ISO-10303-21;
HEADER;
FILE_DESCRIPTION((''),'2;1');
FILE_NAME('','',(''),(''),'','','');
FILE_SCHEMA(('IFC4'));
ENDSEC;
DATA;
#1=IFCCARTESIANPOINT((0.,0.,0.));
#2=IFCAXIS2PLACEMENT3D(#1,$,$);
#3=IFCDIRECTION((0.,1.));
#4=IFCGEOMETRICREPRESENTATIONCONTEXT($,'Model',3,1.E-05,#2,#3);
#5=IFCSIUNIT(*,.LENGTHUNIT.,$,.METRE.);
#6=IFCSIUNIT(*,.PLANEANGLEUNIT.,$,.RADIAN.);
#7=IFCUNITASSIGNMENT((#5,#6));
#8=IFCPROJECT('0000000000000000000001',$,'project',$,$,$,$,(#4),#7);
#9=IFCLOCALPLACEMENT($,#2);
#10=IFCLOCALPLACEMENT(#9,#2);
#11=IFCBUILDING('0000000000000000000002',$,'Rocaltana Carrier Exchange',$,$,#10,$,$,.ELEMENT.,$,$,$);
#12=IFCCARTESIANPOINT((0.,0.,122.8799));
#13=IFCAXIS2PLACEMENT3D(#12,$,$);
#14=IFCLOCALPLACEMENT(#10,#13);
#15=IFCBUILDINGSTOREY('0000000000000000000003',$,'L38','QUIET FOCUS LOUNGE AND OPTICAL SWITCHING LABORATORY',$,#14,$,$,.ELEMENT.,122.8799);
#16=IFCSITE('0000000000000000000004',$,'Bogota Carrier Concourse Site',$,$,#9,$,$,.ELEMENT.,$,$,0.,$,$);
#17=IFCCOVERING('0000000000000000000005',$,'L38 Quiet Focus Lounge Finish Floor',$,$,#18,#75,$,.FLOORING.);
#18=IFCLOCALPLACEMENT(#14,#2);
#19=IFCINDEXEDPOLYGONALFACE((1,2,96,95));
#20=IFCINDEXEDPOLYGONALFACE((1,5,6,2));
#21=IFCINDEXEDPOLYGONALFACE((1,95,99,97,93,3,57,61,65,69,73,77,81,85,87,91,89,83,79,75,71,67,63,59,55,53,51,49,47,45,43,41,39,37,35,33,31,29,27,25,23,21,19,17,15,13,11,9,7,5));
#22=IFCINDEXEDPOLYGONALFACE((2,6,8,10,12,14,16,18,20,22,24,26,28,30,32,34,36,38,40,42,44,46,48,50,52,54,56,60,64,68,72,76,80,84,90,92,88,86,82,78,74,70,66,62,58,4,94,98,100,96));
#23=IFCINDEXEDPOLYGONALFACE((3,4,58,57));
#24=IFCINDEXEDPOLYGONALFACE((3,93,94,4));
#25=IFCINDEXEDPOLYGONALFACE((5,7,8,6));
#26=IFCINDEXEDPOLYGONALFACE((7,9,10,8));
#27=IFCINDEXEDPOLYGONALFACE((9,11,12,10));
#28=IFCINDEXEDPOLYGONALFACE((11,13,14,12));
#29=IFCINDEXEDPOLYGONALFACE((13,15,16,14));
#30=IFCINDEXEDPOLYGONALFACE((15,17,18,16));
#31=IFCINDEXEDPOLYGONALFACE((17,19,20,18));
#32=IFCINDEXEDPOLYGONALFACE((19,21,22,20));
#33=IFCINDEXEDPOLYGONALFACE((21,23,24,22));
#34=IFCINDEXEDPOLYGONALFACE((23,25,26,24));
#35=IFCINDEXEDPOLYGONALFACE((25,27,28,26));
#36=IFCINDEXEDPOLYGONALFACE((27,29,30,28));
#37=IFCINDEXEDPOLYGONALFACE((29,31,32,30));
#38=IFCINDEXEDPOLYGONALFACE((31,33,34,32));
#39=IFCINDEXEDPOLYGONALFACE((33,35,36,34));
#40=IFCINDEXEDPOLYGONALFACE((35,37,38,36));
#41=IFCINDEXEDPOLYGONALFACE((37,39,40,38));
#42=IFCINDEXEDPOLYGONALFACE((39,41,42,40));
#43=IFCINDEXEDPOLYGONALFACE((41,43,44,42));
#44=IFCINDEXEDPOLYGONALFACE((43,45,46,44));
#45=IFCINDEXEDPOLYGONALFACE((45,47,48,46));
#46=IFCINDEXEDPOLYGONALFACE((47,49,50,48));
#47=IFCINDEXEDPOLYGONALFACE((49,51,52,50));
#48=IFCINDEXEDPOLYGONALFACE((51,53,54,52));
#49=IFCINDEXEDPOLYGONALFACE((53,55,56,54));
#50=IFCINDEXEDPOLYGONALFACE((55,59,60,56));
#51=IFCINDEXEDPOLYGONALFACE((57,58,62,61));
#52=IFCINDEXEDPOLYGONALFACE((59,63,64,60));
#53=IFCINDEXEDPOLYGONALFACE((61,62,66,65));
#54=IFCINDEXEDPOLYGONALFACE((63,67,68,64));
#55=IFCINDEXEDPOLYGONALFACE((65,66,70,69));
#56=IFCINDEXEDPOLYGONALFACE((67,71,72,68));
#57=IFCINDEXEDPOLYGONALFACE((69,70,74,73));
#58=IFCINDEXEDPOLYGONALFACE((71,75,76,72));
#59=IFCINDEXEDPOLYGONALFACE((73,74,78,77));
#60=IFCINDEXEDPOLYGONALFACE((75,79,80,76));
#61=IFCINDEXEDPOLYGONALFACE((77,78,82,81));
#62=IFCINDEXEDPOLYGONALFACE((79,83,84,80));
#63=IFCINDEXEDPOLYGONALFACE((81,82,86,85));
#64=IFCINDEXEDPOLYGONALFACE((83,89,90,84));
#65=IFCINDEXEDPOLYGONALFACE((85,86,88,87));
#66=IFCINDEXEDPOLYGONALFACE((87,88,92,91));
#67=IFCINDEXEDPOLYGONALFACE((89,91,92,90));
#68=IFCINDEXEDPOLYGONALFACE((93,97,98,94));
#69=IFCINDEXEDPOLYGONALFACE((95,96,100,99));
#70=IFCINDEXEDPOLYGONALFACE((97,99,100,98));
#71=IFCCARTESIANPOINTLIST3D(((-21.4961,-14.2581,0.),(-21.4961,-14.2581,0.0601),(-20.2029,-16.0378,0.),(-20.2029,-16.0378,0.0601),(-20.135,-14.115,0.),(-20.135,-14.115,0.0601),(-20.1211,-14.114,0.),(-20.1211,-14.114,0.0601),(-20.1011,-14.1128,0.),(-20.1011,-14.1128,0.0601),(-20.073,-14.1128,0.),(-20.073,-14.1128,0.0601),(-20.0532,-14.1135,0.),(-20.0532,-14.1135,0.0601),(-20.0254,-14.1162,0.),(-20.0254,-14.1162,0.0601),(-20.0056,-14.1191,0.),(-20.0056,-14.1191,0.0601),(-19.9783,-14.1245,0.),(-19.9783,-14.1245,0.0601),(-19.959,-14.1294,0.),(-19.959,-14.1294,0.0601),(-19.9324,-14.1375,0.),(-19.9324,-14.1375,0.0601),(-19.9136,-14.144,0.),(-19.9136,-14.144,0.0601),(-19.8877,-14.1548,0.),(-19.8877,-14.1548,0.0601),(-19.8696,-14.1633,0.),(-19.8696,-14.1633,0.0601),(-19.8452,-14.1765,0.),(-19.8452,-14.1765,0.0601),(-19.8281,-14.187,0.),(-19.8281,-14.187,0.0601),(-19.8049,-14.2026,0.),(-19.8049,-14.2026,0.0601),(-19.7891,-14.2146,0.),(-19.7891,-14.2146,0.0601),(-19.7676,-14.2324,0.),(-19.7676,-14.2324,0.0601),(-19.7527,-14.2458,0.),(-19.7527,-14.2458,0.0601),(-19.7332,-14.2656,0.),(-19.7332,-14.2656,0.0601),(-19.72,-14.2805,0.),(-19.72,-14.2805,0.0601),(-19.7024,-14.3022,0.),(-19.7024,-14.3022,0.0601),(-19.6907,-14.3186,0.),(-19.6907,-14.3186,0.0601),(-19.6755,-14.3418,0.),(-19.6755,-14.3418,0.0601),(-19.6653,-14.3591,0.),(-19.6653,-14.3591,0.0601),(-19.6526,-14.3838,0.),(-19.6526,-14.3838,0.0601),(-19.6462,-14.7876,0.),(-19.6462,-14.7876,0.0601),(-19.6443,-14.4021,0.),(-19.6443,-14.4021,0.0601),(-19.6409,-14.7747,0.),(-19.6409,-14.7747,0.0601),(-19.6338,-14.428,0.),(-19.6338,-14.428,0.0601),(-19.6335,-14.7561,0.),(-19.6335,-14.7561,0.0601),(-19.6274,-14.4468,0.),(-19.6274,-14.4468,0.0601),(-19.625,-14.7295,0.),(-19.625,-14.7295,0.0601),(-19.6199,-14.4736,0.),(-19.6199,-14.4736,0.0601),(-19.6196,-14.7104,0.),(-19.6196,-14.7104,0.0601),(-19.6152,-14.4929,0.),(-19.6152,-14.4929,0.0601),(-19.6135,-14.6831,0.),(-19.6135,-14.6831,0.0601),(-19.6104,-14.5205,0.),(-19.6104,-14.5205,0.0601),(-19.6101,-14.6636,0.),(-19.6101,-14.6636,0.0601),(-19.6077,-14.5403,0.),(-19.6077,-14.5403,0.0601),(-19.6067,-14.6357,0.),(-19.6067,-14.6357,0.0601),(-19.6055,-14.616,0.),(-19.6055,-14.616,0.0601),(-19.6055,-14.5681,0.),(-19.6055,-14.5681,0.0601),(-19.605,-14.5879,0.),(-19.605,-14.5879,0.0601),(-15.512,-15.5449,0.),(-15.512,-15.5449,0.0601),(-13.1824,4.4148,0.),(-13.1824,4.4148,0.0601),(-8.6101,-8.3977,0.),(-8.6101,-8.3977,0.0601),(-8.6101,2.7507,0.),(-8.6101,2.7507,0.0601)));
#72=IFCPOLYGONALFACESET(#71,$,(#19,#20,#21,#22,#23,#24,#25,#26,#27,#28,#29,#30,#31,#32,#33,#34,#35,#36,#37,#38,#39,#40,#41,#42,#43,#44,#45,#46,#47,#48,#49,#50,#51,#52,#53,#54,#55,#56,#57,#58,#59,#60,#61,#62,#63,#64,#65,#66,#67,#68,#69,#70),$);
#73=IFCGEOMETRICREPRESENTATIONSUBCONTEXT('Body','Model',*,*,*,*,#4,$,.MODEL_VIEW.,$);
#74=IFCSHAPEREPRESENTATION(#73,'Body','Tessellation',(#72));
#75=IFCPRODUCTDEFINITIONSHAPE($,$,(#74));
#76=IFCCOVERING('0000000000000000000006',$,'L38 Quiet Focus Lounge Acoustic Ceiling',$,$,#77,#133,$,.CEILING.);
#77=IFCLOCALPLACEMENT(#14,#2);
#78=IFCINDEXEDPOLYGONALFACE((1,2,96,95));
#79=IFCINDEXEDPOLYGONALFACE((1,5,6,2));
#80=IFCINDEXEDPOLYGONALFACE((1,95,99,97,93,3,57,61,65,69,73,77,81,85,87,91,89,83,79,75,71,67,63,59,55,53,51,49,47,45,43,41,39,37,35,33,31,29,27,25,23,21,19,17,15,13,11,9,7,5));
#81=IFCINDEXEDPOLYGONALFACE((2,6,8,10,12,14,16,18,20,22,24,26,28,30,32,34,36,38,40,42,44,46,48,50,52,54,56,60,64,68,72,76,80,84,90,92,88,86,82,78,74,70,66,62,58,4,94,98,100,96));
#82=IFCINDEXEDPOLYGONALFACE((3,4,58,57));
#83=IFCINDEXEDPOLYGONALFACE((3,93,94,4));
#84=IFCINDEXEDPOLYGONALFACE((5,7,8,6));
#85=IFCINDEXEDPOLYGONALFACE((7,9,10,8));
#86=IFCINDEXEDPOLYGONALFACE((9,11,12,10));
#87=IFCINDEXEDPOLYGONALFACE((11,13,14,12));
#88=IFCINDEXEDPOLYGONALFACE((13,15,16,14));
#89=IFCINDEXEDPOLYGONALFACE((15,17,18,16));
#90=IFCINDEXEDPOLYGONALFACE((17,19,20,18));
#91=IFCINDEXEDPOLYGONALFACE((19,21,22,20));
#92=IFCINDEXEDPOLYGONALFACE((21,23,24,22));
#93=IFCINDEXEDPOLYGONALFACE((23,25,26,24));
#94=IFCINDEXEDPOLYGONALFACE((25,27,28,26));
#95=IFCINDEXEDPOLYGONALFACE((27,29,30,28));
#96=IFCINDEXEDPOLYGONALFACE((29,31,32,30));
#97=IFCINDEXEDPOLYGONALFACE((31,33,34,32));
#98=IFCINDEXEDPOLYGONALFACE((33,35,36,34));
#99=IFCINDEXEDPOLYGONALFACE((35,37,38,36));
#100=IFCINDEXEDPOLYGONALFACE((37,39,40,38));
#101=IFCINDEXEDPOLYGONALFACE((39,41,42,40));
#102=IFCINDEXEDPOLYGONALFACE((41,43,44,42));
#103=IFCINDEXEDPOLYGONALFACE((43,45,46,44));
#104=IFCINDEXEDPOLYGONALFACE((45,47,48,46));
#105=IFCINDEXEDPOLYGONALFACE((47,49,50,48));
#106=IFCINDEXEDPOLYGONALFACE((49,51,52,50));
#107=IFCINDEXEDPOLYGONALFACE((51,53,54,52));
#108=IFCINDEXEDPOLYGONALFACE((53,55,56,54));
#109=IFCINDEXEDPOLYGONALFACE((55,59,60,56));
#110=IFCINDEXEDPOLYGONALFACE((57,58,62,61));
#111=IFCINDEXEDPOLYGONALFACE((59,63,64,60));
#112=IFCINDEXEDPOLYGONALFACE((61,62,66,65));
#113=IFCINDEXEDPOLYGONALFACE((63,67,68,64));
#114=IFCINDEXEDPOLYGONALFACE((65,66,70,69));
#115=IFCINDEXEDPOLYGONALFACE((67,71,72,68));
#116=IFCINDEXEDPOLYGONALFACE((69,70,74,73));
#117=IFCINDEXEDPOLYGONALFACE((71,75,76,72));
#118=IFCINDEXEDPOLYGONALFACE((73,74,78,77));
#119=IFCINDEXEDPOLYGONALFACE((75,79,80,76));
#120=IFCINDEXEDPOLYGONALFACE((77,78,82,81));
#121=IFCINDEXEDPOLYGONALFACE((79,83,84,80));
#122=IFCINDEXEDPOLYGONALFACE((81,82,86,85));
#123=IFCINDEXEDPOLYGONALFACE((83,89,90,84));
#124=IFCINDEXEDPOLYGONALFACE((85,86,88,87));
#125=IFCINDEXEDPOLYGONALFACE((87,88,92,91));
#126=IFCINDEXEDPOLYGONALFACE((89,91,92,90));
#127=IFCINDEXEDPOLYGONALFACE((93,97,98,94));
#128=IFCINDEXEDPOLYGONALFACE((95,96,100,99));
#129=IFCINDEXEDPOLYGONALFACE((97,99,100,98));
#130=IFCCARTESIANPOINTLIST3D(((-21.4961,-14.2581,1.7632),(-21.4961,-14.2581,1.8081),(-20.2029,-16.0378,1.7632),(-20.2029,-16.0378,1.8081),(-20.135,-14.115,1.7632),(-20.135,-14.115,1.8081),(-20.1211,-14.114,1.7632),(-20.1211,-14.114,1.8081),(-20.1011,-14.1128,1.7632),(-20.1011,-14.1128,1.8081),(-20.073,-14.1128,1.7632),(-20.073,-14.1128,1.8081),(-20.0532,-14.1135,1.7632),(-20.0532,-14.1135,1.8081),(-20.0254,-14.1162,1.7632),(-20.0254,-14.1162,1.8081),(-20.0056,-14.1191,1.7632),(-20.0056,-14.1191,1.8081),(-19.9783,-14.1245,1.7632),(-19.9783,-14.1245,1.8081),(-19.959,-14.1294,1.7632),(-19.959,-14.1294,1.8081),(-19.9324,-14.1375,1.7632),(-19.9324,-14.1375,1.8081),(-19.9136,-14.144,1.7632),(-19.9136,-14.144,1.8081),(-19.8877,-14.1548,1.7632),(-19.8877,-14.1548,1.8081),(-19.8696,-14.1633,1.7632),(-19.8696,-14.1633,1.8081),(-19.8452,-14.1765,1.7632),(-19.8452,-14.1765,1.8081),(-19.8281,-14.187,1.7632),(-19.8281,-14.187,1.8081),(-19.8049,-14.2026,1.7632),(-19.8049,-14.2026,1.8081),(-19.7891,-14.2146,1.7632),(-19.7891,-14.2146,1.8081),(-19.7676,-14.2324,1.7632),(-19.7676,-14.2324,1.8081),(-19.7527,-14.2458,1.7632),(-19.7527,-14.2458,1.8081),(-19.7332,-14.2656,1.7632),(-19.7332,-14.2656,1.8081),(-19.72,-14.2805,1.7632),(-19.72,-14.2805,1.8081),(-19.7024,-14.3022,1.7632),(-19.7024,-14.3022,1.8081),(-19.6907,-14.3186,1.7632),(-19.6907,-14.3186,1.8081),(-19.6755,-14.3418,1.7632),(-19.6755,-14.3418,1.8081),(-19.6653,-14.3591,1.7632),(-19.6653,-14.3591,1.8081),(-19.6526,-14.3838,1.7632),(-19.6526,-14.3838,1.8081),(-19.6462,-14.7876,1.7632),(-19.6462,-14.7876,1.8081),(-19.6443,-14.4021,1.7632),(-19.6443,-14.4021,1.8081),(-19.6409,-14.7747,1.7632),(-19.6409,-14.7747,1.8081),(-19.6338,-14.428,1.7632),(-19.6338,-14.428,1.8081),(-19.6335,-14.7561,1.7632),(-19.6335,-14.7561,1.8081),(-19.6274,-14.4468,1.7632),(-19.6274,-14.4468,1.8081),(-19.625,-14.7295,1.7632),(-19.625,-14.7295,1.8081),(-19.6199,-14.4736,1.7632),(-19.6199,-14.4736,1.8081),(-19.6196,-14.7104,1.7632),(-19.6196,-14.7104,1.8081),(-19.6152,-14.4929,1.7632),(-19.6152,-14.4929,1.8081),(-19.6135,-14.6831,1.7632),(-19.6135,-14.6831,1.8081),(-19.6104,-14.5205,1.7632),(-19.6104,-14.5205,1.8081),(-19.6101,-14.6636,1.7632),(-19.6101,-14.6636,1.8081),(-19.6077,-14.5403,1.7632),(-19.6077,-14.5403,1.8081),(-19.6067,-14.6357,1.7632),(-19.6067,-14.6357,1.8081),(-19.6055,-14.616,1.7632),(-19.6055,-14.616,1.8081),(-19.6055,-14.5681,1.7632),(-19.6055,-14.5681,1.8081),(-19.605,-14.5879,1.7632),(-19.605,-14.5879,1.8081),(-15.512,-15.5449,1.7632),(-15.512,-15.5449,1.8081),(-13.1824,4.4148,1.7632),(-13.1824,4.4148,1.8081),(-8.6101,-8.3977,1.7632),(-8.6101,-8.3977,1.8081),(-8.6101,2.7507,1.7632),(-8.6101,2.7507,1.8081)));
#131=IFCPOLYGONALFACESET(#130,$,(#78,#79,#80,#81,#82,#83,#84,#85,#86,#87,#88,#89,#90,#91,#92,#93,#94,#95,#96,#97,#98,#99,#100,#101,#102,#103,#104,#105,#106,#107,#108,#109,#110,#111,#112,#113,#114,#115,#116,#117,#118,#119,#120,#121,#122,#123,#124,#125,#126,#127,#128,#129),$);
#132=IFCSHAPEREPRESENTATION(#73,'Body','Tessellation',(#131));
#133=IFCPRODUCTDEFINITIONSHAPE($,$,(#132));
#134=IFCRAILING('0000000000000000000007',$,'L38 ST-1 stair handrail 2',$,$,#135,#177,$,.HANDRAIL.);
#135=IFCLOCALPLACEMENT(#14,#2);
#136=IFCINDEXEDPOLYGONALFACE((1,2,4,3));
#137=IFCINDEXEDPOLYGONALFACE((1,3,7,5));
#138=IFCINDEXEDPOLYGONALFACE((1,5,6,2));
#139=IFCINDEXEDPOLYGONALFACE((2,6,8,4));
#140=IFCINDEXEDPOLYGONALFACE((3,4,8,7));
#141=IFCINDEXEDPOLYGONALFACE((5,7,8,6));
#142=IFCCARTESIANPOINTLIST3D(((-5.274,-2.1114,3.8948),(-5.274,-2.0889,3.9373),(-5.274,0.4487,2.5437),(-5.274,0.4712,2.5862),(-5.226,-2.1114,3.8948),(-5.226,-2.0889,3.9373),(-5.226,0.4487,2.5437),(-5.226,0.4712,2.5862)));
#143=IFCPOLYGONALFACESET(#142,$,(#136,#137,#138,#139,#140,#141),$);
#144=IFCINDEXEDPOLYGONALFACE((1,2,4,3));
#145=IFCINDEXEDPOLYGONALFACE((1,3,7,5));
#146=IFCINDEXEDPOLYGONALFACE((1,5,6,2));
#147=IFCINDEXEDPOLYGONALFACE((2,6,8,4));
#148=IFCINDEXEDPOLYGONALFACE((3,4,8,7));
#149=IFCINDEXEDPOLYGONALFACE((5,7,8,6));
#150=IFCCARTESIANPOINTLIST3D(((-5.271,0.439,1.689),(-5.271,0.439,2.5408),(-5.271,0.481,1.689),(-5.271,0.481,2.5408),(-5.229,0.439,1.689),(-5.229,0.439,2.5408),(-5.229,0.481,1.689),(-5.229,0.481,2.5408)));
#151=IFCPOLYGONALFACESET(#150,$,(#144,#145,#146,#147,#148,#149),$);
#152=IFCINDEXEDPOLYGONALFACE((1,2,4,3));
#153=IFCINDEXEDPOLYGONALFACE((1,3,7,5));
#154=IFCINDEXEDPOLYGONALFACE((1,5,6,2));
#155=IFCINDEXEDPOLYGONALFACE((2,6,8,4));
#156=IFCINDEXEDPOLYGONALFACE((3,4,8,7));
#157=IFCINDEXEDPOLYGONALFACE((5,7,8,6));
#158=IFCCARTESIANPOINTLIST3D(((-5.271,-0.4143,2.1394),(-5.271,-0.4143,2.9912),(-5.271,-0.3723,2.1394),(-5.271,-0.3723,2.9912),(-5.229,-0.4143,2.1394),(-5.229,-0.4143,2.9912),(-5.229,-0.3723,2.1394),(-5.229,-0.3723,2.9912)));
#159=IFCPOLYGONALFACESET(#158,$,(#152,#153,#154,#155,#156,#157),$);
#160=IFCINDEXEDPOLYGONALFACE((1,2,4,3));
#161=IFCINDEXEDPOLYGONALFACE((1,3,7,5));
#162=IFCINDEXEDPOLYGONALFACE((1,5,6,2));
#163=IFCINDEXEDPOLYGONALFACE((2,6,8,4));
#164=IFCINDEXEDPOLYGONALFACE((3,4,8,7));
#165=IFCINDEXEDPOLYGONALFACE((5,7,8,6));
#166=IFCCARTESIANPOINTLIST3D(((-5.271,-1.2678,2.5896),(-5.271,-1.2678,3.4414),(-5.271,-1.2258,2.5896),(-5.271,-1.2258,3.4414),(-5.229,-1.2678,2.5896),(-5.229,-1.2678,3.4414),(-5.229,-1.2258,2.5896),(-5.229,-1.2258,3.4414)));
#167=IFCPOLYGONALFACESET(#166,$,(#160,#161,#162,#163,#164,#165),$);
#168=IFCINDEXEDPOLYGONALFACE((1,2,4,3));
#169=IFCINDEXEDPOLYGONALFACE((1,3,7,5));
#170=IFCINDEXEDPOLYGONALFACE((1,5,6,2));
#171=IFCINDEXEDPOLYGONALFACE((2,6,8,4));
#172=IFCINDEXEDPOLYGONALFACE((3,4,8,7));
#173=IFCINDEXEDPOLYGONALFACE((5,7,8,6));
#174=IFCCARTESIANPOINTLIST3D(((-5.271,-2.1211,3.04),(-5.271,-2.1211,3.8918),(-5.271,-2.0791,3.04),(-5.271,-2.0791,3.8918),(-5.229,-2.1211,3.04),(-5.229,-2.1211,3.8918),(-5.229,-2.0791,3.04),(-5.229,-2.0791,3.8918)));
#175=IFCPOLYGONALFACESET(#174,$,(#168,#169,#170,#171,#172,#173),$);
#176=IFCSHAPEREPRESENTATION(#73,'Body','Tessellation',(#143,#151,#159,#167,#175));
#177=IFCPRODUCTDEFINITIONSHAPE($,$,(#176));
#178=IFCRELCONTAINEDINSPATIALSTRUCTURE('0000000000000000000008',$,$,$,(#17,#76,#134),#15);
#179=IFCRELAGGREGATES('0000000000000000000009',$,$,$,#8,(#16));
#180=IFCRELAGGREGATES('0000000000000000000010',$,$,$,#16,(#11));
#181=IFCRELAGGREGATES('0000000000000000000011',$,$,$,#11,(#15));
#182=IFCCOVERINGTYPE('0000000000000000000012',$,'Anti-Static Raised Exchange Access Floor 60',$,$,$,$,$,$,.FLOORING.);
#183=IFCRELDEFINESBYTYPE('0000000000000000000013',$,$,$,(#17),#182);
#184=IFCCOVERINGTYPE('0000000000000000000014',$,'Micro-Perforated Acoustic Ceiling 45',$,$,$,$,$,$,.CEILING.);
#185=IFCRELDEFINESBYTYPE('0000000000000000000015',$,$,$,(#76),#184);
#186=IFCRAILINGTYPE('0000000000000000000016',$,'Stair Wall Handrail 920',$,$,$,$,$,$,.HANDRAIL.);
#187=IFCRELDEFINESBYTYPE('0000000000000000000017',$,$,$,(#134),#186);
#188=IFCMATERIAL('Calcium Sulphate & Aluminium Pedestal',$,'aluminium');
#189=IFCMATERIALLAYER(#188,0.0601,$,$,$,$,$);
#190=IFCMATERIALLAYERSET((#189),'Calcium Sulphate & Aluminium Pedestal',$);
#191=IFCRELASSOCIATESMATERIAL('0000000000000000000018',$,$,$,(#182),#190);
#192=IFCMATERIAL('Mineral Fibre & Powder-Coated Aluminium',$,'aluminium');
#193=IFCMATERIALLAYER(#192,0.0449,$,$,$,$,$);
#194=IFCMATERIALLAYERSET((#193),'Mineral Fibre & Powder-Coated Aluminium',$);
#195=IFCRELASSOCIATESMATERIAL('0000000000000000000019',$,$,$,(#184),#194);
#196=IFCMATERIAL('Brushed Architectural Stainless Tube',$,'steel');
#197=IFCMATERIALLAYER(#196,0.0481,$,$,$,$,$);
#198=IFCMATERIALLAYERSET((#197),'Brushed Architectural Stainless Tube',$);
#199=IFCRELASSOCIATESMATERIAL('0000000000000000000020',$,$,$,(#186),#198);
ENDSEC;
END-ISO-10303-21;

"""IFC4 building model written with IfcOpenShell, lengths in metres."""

from ifc_helpers import new_model, si_unit, direction, frame, origin, origin_2d, place, context, subcontext, project, spatial, polyline, rectangle, outline, extrude, material, layer, layer_set, type_object, element, save


model = new_model("IFC4")

# Units and contexts
model_context = context("Model", 3, precision=1e-05, world=origin(), true_north=direction((0.0, 1.0)))
body_context = subcontext(model_context, "Body", "Model", "MODEL_VIEW")
ifc_project = project(units=[si_unit("LENGTHUNIT", "METRE"), si_unit("PLANEANGLEUNIT", "RADIAN")], contexts=[model_context])

# Site, building, storey
site_placement = place(None, origin())
site = spatial("IfcSite", under=ifc_project, at=site_placement, Name="Bogota Carrier Concourse Site", CompositionType="ELEMENT", RefElevation=0.0)
building_placement = place(site_placement, origin())
building = spatial("IfcBuilding", under=site, at=building_placement, Name="Rocaltana Carrier Exchange", CompositionType="ELEMENT")
storey_placement = place(building_placement, frame((0.0, 0.0, 122.8799)))
storey = spatial("IfcBuildingStorey", under=building, at=storey_placement, Name="L38", Description="QUIET FOCUS LOUNGE AND OPTICAL SWITCHING LABORATORY", CompositionType="ELEMENT", Elevation=122.8799)

# Coverings
ifc_material_1 = material(Name="Calcium Sulphate & Aluminium Pedestal", Category="aluminium")
ifc_layer_1 = layer(ifc_material_1, 0.0601)
ifc_layer_set_1 = layer_set([ifc_layer_1], Name="Calcium Sulphate & Aluminium Pedestal")
covering_type_1 = type_object("IfcCoveringType", Name="Anti-Static Raised Exchange Access Floor 60", PredefinedType="FLOORING", material=ifc_layer_set_1)
covering_1_placement = place(storey_placement, origin())
element("IfcCovering", 1, at=covering_1_placement, inside=storey, type_object=covering_type_1, Name="L38 Quiet Focus Lounge Finish Floor", PredefinedType="FLOORING", context=body_context, shape_type="SweptSolid", body=[
    extrude(outline(polyline([(-19.6462, -14.7876), (-19.6409, -14.7747), (-19.6335, -14.7561), (-19.625, -14.7295), (-19.6196, -14.7104), (-19.6135, -14.6831), (-19.6101, -14.6636), (-19.6067, -14.6357), (-19.6055, -14.616), (-19.605, -14.5879), (-19.6055, -14.5681), (-19.6077, -14.5403), (-19.6104, -14.5205), (-19.6152, -14.4929), (-19.6199, -14.4736), (-19.6274, -14.4468), (-19.6338, -14.428), (-19.6443, -14.4021), (-19.6526, -14.3838), (-19.6653, -14.3591), (-19.6755, -14.3418), (-19.6907, -14.3186), (-19.7024, -14.3022), (-19.72, -14.2805), (-19.7332, -14.2656), (-19.7527, -14.2458), (-19.7676, -14.2324), (-19.7891, -14.2146), (-19.8049, -14.2026), (-19.8281, -14.187), (-19.8452, -14.1765), (-19.8696, -14.1633), (-19.8877, -14.1548), (-19.9136, -14.144), (-19.9324, -14.1375), (-19.959, -14.1294), (-19.9783, -14.1245), (-20.0056, -14.1191), (-20.0254, -14.1162), (-20.0532, -14.1135), (-20.073, -14.1128), (-20.1011, -14.1128), (-20.1211, -14.114), (-20.135, -14.115), (-21.4961, -14.2581), (-13.1824, 4.4148), (-8.6101, 2.7507), (-8.6101, -8.3977), (-15.512, -15.5449), (-20.2029, -16.0378), (-19.6462, -14.7876)])), origin(), (0.0, 0.0, 1.0), 0.0601),
])
ifc_material_2 = material(Name="Mineral Fibre & Powder-Coated Aluminium", Category="aluminium")
ifc_layer_2 = layer(ifc_material_2, 0.0449)
ifc_layer_set_2 = layer_set([ifc_layer_2], Name="Mineral Fibre & Powder-Coated Aluminium")
covering_type_2 = type_object("IfcCoveringType", Name="Micro-Perforated Acoustic Ceiling 45", PredefinedType="CEILING", material=ifc_layer_set_2)
covering_2_placement = place(storey_placement, frame((0.0, 0.0, 1.7632)))
element("IfcCovering", 2, at=covering_2_placement, inside=storey, type_object=covering_type_2, Name="L38 Quiet Focus Lounge Acoustic Ceiling", PredefinedType="CEILING", context=body_context, shape_type="SweptSolid", body=[
    extrude(outline(polyline([(-19.6462, -14.7876), (-19.6409, -14.7747), (-19.6335, -14.7561), (-19.625, -14.7295), (-19.6196, -14.7104), (-19.6135, -14.6831), (-19.6101, -14.6636), (-19.6067, -14.6357), (-19.6055, -14.616), (-19.605, -14.5879), (-19.6055, -14.5681), (-19.6077, -14.5403), (-19.6104, -14.5205), (-19.6152, -14.4929), (-19.6199, -14.4736), (-19.6274, -14.4468), (-19.6338, -14.428), (-19.6443, -14.4021), (-19.6526, -14.3838), (-19.6653, -14.3591), (-19.6755, -14.3418), (-19.6907, -14.3186), (-19.7024, -14.3022), (-19.72, -14.2805), (-19.7332, -14.2656), (-19.7527, -14.2458), (-19.7676, -14.2324), (-19.7891, -14.2146), (-19.8049, -14.2026), (-19.8281, -14.187), (-19.8452, -14.1765), (-19.8696, -14.1633), (-19.8877, -14.1548), (-19.9136, -14.144), (-19.9324, -14.1375), (-19.959, -14.1294), (-19.9783, -14.1245), (-20.0056, -14.1191), (-20.0254, -14.1162), (-20.0532, -14.1135), (-20.073, -14.1128), (-20.1011, -14.1128), (-20.1211, -14.114), (-20.135, -14.115), (-21.4961, -14.2581), (-13.1824, 4.4148), (-8.6101, 2.7507), (-8.6101, -8.3977), (-15.512, -15.5449), (-20.2029, -16.0378), (-19.6462, -14.7876)])), origin(), (0.0, 0.0, 1.0), 0.0449),
])

# Railing
ifc_material_3 = material(Name="Brushed Architectural Stainless Tube", Category="steel")
ifc_layer_3 = layer(ifc_material_3, 0.0481)
ifc_layer_set_3 = layer_set([ifc_layer_3], Name="Brushed Architectural Stainless Tube")
railing_type_1 = type_object("IfcRailingType", Name="Stair Wall Handrail 920", PredefinedType="HANDRAIL", material=ifc_layer_set_3)
railing_1_placement = place(storey_placement, frame((-5.25, 0.46, 1.689)))
element("IfcRailing", 3, at=railing_1_placement, inside=storey, type_object=railing_type_1, Name="L38 ST-1 stair handrail 2", PredefinedType="HANDRAIL", context=body_context, shape_type="SweptSolid", body=[
    extrude(rectangle(XDim=0.0481, YDim=0.0481, at=origin_2d()), frame((0.0, 0.0, 0.876), z_axis=(0.0, -0.884394, 0.46674), x_axis=(1.0, 0.0, 0.0)), (0.0, 0.0, 1.0), 2.8948),
    extrude(rectangle(XDim=0.042, YDim=0.042, at=origin_2d()), origin(), (0.0, 0.0, 1.0), 0.8518),
    extrude(rectangle(XDim=0.042, YDim=0.042, at=origin_2d()), frame((0.0, -0.8533, 0.4504)), (0.0, 0.0, 1.0), 0.8518),
    extrude(rectangle(XDim=0.042, YDim=0.042, at=origin_2d()), frame((0.0, -1.7068, 0.9006)), (0.0, 0.0, 1.0), 0.8518),
    extrude(rectangle(XDim=0.042, YDim=0.042, at=origin_2d()), frame((0.0, -2.5601, 1.3511)), (0.0, 0.0, 1.0), 0.8518),
])

save(model, "model.ifc")
